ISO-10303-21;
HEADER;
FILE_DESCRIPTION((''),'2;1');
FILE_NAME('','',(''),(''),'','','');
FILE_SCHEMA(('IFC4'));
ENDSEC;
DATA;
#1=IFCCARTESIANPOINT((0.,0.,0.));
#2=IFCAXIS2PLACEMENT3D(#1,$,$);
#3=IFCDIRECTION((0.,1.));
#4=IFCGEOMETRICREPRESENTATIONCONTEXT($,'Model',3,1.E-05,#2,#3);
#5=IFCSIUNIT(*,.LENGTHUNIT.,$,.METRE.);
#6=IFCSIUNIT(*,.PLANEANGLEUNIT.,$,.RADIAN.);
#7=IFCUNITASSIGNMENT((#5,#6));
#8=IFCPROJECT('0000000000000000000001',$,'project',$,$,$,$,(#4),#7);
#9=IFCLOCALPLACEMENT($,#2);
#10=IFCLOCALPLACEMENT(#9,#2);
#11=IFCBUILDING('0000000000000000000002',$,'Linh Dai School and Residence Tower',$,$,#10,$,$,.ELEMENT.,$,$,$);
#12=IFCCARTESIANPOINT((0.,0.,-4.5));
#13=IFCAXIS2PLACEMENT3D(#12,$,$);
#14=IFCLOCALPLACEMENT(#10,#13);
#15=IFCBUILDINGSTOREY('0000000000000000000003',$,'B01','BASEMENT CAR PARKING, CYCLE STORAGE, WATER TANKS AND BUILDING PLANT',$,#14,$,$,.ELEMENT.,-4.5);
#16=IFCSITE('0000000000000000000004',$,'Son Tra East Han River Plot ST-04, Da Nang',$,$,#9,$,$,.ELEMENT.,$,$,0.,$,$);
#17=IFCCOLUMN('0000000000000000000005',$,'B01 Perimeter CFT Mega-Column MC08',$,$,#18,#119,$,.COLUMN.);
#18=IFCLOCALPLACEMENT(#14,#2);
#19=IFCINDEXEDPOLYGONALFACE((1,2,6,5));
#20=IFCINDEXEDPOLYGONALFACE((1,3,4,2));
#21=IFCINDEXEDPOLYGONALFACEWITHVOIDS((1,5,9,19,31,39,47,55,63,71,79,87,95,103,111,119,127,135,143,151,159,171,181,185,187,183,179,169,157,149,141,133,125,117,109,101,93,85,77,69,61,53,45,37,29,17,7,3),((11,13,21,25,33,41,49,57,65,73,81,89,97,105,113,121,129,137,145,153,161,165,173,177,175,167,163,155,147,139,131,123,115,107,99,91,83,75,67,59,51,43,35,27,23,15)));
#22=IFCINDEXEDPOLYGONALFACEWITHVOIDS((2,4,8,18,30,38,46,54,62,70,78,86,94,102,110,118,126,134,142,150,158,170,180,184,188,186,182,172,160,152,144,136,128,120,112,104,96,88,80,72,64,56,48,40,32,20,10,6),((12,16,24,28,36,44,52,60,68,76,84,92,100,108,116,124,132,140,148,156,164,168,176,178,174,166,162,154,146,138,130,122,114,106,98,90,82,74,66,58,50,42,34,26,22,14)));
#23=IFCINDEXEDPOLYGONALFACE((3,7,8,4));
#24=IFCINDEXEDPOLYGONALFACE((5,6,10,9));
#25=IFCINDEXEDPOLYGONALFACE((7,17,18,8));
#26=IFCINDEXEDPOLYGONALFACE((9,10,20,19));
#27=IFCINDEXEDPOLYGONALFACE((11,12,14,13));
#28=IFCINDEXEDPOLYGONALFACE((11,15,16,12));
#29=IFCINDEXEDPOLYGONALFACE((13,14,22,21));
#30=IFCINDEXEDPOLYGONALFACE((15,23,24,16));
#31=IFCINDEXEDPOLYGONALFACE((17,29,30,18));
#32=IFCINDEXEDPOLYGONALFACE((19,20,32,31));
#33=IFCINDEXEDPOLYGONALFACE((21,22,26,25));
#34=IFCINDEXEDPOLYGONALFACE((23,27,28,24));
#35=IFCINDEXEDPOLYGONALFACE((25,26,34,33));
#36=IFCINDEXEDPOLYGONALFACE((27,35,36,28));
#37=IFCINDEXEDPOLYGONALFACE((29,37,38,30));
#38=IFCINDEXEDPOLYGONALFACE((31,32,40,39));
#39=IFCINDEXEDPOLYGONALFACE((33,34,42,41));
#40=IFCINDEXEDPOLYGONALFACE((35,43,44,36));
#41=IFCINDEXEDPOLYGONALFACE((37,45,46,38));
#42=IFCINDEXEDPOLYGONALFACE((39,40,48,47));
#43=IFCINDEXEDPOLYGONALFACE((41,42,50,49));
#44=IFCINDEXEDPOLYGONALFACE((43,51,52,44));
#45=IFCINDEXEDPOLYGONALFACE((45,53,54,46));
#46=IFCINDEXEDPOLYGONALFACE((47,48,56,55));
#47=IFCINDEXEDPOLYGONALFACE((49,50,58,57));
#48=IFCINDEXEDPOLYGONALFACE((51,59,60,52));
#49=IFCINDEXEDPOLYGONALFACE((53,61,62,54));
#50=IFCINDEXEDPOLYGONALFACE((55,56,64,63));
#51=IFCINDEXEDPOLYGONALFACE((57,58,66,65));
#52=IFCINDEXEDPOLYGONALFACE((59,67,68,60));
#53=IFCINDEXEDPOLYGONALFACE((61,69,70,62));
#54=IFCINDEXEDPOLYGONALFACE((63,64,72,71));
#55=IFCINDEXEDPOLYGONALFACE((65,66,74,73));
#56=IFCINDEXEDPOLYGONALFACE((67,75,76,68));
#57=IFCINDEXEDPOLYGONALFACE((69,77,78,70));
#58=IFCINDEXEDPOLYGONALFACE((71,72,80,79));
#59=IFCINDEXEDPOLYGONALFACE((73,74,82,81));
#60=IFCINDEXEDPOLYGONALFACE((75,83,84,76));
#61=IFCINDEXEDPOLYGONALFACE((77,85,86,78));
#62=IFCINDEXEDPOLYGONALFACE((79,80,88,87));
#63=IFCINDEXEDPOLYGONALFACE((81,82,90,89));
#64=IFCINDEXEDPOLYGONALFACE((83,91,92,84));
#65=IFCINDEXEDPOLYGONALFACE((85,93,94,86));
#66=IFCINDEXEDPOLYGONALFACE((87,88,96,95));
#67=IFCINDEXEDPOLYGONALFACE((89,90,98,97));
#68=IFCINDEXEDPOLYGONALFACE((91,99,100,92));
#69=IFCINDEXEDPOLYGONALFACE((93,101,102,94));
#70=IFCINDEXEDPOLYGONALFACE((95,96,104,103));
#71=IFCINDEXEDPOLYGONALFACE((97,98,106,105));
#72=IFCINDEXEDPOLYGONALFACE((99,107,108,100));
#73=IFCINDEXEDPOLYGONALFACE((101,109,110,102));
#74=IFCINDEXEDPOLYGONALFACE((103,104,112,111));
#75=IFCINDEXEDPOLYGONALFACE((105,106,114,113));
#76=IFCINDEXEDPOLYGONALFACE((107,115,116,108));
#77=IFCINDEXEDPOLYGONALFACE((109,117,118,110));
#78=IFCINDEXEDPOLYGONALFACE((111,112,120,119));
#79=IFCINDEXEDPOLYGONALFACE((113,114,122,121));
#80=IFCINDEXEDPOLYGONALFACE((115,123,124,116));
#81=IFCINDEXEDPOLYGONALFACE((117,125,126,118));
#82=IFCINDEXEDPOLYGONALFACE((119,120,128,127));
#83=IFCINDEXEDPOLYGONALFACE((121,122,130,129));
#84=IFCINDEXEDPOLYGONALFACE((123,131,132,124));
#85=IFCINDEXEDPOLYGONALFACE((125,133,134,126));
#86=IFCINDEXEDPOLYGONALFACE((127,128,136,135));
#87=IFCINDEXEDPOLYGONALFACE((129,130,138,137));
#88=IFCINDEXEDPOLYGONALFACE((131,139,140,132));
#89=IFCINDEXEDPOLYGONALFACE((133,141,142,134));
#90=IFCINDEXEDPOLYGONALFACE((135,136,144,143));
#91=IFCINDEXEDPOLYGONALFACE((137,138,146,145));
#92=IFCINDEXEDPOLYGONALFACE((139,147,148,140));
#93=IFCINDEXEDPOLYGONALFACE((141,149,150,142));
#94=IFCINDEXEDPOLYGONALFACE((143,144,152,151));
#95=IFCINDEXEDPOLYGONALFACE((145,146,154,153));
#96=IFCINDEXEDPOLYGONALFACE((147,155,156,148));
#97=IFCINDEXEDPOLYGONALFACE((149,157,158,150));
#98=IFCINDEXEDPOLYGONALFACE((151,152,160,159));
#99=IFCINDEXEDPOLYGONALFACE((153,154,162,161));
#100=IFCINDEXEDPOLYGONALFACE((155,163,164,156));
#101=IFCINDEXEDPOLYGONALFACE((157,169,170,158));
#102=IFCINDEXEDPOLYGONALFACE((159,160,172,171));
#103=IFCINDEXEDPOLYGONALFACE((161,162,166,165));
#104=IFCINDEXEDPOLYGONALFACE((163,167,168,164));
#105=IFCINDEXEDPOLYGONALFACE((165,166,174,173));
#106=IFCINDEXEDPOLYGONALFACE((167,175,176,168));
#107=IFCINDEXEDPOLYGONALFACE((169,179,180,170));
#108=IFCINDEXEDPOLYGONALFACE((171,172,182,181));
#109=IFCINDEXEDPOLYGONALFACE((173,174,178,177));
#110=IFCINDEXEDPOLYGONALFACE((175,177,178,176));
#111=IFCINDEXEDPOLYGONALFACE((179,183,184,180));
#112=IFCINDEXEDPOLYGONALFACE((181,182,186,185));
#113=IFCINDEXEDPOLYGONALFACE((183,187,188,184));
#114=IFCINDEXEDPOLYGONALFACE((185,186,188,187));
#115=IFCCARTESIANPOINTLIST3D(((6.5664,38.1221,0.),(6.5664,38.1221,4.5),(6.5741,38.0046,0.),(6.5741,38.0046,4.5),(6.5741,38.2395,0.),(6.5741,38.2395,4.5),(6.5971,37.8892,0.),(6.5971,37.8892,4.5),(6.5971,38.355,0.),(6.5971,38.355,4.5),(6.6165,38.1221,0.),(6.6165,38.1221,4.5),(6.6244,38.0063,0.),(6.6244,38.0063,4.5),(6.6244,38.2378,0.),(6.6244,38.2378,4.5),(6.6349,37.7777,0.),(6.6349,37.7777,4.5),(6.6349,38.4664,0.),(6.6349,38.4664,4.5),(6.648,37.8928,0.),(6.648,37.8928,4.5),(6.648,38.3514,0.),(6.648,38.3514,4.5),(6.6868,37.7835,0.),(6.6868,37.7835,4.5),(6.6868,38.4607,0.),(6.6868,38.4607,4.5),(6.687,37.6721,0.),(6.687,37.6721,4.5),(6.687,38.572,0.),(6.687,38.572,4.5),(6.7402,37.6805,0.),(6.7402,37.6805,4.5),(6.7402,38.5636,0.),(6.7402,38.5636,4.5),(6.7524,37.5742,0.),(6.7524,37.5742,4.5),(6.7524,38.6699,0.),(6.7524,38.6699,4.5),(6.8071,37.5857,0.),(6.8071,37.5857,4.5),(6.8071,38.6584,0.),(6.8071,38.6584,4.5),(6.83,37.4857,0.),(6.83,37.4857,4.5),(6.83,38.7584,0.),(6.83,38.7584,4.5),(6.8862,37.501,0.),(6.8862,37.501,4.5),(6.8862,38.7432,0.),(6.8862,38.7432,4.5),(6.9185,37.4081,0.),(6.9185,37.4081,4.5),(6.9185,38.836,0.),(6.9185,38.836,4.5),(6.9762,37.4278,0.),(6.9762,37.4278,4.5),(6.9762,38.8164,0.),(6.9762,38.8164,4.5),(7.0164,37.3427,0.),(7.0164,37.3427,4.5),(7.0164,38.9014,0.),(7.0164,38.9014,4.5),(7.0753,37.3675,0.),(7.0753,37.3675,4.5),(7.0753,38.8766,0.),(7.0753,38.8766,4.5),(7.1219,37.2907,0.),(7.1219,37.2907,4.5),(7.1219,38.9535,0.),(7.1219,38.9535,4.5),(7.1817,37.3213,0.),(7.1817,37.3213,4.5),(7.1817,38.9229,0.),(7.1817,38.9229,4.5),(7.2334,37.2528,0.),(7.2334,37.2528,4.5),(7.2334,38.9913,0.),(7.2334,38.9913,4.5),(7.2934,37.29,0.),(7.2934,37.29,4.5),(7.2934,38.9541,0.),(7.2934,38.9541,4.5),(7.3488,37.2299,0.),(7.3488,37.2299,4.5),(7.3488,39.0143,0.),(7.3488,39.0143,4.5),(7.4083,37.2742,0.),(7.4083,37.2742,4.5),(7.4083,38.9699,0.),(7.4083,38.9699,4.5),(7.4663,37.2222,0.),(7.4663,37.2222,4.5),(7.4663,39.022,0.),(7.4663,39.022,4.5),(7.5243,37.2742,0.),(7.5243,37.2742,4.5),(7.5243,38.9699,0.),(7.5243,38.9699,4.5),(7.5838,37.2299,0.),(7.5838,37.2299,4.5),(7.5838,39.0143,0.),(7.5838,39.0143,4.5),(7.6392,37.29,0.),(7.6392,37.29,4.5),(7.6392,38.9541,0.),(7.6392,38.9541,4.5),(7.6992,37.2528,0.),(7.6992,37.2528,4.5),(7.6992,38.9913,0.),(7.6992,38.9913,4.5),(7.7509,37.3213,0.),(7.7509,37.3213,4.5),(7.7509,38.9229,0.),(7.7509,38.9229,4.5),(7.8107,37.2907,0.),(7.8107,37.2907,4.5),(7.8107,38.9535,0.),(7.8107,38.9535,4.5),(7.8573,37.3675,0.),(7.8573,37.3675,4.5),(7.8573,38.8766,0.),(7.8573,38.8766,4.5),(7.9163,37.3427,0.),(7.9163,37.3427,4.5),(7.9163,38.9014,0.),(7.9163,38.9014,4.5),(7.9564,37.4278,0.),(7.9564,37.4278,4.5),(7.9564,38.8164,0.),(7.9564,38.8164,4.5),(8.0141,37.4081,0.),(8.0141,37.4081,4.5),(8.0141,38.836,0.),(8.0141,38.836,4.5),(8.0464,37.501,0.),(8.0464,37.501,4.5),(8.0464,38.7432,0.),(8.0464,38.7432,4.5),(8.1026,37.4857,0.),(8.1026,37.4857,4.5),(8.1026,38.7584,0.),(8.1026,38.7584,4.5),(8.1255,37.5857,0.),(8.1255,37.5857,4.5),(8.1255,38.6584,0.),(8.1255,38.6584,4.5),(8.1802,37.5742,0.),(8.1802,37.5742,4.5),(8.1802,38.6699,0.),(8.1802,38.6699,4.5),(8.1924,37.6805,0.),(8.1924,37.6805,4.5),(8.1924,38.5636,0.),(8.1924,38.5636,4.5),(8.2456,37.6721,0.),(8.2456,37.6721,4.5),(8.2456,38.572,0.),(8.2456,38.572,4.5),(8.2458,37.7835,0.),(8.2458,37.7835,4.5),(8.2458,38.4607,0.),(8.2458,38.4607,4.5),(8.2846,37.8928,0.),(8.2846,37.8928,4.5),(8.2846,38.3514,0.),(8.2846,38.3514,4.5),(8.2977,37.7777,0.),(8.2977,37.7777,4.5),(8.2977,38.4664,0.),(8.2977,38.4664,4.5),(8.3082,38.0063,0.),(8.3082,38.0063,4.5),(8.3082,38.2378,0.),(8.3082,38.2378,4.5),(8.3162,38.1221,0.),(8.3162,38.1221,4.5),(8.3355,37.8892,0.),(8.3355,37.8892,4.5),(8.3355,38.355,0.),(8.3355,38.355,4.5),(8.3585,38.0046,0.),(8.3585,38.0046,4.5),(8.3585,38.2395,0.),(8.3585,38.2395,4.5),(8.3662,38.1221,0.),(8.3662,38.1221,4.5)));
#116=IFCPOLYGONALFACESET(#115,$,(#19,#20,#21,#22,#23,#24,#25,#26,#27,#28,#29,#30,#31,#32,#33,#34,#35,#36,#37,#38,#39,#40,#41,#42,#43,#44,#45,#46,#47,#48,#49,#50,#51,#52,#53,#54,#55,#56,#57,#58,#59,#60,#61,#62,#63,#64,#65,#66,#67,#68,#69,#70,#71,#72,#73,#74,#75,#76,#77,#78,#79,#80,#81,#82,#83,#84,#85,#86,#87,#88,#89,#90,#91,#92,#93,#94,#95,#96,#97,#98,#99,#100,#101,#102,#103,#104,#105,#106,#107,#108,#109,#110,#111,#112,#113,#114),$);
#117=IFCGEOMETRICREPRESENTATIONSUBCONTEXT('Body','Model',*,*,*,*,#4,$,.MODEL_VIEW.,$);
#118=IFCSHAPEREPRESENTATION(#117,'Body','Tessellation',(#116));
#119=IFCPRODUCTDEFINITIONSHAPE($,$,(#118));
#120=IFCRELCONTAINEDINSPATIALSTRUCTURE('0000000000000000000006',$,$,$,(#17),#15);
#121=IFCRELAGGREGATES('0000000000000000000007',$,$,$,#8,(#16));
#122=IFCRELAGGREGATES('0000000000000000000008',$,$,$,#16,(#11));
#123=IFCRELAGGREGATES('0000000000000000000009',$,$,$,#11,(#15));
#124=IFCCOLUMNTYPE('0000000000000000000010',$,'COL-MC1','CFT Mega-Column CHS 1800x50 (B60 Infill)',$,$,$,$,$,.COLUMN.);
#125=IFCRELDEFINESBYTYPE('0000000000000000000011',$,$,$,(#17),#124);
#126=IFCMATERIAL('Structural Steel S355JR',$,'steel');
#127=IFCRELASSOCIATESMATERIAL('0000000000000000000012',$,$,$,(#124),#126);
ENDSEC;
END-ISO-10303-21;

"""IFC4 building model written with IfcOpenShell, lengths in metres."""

from ifc_helpers import new_model, si_unit, direction, frame, origin, origin_2d, place, context, subcontext, project, spatial, hollow_circle, extrude, material, material_profile, profile_set, type_object, element, save


model = new_model("IFC4")

# Units and contexts
model_context = context("Model", 3, precision=1e-05, world=origin(), true_north=direction((0.0, 1.0)))
body_context = subcontext(model_context, "Body", "Model", "MODEL_VIEW")
ifc_project = project(units=[si_unit("LENGTHUNIT", "METRE"), si_unit("PLANEANGLEUNIT", "RADIAN")], contexts=[model_context])

# Site, building, storey
site_placement = place(None, origin())
site = spatial("IfcSite", under=ifc_project, at=site_placement, Name="Son Tra East Han River Plot ST-04, Da Nang", CompositionType="ELEMENT", RefElevation=0.0)
building_placement = place(site_placement, origin())
building = spatial("IfcBuilding", under=site, at=building_placement, Name="Linh Dai School and Residence Tower", CompositionType="ELEMENT")
storey_placement = place(building_placement, frame((0.0, 0.0, -4.5)))
storey = spatial("IfcBuildingStorey", under=building, at=storey_placement, Name="B01", Description="BASEMENT CAR PARKING, CYCLE STORAGE, WATER TANKS AND BUILDING PLANT", CompositionType="ELEMENT", Elevation=-4.5)

# Column
ifc_material_1 = material(Name="Structural Steel S355JR", Category="steel")
ifc_material_profile_1 = material_profile(ifc_material_1, hollow_circle(Radius=0.8999, WallThickness=0.05, at=origin_2d()), Name="CHS 1800x50")
ifc_profile_set_1 = profile_set([ifc_material_profile_1], Name="Structural Steel S355JR")
column_type_1 = type_object("IfcColumnType", Name="COL-MC1", Description="CFT Mega-Column CHS 1800x50 (B60 Infill)", PredefinedType="COLUMN", material=ifc_profile_set_1)
for number, where, z_axis, x_axis, name in (
    (1, (7.4663, 38.1221, 0.0), (0.0, 0.0, 1.0), (1.0, 0.0, 0.0), "B01 Perimeter CFT Mega-Column MC08"),
):
    element("IfcColumn", number, at=place(storey_placement, frame(where, z_axis=z_axis, x_axis=x_axis)), inside=storey, type_object=column_type_1, Name=name, PredefinedType="COLUMN", context=body_context, shape_type="SweptSolid", body=[
        extrude(hollow_circle(Radius=0.8999, WallThickness=0.05, at=origin_2d()), origin(), (0.0, 0.0, 1.0), 4.5),
    ])

save(model, "model.ifc")
